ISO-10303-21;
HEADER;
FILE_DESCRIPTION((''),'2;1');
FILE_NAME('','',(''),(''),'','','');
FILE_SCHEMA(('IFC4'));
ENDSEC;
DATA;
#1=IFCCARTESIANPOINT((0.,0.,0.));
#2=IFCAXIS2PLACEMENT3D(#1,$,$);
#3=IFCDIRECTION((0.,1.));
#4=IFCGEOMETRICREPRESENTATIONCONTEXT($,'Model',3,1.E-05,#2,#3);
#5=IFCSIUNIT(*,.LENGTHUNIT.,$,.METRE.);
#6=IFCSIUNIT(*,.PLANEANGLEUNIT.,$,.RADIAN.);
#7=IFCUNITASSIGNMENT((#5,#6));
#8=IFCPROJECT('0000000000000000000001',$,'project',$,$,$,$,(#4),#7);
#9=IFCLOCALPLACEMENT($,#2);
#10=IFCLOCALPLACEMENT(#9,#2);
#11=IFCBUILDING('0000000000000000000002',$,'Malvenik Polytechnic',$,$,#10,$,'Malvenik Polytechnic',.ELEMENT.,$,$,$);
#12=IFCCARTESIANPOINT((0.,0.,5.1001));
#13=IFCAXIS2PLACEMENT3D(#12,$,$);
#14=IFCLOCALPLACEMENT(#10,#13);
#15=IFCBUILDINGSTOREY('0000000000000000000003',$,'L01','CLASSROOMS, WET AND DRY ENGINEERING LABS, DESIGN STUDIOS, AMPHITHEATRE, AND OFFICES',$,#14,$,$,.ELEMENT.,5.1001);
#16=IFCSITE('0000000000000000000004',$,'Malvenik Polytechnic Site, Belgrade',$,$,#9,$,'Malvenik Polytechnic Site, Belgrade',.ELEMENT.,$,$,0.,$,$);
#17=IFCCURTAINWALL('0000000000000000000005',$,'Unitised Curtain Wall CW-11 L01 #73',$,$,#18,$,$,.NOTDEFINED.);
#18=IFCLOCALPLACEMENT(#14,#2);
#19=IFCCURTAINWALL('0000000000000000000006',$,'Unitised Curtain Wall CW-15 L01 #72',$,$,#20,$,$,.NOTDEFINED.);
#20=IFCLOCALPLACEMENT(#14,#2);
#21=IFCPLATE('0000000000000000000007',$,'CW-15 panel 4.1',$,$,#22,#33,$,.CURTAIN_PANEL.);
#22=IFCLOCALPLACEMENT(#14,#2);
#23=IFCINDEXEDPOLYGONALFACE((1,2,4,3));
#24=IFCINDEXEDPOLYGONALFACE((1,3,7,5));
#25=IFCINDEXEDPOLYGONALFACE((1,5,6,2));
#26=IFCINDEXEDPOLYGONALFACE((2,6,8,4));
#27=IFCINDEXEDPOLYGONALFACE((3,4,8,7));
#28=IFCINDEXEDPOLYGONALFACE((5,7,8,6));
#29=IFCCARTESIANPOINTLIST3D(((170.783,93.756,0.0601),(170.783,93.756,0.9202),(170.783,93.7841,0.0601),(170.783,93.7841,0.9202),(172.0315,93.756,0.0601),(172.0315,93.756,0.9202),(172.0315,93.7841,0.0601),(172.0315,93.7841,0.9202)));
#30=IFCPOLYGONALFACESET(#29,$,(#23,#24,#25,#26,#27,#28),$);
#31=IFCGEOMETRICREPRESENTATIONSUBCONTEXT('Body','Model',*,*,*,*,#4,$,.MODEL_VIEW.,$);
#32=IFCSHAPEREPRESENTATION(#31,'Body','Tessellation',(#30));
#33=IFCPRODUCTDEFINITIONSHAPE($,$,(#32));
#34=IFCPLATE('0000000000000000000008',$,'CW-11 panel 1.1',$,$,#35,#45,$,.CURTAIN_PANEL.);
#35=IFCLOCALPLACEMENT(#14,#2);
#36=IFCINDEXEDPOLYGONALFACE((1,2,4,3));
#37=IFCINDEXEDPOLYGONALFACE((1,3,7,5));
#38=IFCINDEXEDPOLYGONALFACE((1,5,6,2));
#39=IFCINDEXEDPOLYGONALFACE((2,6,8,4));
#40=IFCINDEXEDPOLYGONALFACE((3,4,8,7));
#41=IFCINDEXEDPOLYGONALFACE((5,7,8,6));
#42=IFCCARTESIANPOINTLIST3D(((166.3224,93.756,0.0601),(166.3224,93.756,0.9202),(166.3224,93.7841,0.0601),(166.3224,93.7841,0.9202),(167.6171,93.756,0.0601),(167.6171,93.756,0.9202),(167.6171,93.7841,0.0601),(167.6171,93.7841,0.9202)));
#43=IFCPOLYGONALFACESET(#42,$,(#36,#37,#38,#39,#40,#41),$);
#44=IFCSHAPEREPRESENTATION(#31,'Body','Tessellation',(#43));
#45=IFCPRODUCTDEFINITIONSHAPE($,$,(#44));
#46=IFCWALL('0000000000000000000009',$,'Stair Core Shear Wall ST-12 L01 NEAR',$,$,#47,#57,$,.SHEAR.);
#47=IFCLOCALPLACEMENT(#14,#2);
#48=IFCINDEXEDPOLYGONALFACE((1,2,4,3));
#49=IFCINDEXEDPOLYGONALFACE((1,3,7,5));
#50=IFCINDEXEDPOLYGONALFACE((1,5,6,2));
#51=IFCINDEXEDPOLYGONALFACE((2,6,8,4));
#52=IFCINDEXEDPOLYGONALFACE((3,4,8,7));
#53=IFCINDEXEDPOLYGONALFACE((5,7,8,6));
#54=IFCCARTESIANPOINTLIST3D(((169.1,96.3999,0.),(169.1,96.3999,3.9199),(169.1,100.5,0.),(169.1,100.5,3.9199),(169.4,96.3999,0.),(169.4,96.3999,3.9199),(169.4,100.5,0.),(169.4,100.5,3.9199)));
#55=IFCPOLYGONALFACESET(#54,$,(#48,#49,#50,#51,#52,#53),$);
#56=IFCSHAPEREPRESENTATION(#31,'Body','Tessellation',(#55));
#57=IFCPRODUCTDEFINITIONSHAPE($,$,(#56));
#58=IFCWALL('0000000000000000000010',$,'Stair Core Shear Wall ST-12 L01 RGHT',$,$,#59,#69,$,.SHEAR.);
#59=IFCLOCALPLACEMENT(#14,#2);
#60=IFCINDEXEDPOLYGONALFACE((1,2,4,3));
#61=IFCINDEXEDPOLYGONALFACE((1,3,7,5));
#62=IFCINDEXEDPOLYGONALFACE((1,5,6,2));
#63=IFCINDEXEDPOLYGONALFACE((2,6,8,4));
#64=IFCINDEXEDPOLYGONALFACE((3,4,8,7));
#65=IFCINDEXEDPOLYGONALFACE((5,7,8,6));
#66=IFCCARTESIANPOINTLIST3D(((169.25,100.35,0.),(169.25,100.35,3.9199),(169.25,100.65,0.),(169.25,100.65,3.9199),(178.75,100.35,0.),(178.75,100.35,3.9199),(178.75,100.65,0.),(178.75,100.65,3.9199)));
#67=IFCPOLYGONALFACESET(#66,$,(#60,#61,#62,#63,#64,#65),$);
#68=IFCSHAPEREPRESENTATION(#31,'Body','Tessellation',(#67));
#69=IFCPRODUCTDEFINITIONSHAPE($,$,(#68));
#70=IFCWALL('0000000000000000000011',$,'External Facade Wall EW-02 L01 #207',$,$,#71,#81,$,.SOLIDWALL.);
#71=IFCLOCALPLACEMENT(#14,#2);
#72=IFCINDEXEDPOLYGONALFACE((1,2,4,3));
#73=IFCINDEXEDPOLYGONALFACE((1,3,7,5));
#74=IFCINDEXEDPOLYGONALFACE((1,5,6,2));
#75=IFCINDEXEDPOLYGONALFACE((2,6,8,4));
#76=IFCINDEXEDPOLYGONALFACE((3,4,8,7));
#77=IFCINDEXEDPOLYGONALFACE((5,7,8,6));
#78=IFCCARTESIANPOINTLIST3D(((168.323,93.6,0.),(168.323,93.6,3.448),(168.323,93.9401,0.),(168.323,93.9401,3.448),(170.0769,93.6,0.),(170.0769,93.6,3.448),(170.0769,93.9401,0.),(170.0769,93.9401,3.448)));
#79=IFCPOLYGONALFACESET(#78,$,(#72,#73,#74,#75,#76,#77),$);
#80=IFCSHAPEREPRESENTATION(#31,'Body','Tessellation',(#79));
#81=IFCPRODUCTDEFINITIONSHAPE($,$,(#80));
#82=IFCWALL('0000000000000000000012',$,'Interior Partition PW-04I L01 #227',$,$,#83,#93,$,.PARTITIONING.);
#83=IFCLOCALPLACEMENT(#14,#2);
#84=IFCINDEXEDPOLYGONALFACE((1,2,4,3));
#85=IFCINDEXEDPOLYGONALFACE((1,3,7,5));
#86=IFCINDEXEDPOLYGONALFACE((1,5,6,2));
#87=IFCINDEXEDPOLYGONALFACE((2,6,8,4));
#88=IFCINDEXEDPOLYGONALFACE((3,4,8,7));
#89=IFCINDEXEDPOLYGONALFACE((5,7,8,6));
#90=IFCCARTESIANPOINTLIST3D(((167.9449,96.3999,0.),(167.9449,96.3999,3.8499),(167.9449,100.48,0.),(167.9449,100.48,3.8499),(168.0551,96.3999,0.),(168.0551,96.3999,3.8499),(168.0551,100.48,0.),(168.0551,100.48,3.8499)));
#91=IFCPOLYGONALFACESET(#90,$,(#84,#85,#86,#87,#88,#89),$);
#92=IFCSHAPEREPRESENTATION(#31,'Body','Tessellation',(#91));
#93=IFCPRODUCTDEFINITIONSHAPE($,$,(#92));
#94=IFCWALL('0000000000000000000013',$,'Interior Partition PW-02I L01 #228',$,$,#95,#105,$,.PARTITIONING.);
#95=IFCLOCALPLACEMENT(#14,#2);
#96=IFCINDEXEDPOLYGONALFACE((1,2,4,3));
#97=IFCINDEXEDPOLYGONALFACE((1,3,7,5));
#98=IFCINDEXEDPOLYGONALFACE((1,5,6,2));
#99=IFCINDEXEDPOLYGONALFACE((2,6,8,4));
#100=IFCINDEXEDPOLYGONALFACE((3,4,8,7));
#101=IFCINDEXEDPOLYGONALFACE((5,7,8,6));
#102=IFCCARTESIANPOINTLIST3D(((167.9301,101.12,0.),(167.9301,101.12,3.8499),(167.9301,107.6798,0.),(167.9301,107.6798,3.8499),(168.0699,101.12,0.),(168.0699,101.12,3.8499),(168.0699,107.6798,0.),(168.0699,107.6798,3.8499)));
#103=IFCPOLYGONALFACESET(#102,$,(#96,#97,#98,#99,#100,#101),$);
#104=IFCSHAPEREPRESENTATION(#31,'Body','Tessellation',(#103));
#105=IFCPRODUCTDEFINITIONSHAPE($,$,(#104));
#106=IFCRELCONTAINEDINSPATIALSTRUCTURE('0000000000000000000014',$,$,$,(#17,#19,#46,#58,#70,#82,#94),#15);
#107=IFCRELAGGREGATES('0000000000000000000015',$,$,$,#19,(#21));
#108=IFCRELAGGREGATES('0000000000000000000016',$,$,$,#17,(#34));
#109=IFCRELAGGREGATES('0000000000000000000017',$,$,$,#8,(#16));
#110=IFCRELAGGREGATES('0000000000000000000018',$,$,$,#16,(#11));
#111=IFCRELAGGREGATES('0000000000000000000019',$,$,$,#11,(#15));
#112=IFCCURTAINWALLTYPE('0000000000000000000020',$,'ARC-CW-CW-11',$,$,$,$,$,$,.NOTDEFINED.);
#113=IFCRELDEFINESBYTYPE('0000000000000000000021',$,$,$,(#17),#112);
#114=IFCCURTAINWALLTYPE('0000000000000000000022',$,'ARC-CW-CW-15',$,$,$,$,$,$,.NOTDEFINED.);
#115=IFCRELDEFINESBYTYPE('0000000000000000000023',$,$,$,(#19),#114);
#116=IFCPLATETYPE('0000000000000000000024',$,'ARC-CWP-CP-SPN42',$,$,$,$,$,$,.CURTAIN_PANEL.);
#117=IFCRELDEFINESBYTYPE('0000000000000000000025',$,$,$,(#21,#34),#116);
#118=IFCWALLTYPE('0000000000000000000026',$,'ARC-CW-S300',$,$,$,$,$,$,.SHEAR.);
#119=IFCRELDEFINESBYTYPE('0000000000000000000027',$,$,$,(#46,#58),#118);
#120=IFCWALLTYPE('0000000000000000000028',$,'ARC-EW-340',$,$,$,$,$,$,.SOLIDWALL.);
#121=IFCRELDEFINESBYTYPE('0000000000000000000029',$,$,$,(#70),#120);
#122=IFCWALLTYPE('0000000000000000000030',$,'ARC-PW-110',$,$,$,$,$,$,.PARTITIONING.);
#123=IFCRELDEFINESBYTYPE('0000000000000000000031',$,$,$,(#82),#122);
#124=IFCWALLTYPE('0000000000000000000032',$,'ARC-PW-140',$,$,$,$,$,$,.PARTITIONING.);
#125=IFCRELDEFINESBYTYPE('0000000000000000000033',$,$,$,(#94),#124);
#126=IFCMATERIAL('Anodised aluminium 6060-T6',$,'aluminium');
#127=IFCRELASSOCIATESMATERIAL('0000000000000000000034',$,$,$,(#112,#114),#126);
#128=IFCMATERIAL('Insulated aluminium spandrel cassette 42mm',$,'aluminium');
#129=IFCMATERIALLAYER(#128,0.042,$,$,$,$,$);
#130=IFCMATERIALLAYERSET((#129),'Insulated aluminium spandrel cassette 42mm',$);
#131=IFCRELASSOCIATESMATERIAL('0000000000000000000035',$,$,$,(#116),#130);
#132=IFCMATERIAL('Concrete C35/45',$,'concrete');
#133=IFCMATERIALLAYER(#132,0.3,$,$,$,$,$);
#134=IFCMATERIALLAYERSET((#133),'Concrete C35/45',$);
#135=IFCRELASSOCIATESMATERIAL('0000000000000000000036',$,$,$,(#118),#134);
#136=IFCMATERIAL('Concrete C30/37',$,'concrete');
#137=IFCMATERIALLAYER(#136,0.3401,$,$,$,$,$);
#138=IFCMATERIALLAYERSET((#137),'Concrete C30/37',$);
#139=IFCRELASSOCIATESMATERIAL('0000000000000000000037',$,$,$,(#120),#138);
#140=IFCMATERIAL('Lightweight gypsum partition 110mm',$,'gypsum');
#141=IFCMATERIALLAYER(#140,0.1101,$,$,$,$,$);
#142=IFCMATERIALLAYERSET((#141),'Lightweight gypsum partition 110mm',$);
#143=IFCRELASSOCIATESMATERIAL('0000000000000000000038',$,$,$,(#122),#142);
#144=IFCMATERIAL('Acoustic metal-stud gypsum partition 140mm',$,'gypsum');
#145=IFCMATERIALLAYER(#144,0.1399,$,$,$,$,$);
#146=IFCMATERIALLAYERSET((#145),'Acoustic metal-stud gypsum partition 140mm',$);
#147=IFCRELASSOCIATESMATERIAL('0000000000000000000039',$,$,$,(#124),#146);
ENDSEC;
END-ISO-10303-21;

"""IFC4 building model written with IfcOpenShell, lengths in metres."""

from ifc_helpers import new_model, si_unit, direction, frame, frame_2d, origin, origin_2d, place, context, subcontext, project, spatial, rectangle, extrude, material, layer, layer_set, type_object, element, aggregate, save


model = new_model("IFC4")

# Units and contexts
model_context = context("Model", 3, precision=1e-05, world=origin(), true_north=direction((0.0, 1.0)))
body_context = subcontext(model_context, "Body", "Model", "MODEL_VIEW")
ifc_project = project(units=[si_unit("LENGTHUNIT", "METRE"), si_unit("PLANEANGLEUNIT", "RADIAN")], contexts=[model_context])

# Site, building, storey
site_placement = place(None, origin())
site = spatial("IfcSite", under=ifc_project, at=site_placement, Name="Malvenik Polytechnic Site, Belgrade", LongName="Malvenik Polytechnic Site, Belgrade", CompositionType="ELEMENT", RefElevation=0.0)
building_placement = place(site_placement, origin())
building = spatial("IfcBuilding", under=site, at=building_placement, Name="Malvenik Polytechnic", LongName="Malvenik Polytechnic", CompositionType="ELEMENT")
storey_placement = place(building_placement, frame((0.0, 0.0, 5.1001)))
storey = spatial("IfcBuildingStorey", under=building, at=storey_placement, Name="L01", Description="CLASSROOMS, WET AND DRY ENGINEERING LABS, DESIGN STUDIOS, AMPHITHEATRE, AND OFFICES", CompositionType="ELEMENT", Elevation=5.1001)

# Shared definitions
ifc_material_1 = material(Name="Concrete C35/45", Category="concrete")

# Curtain walls
ifc_material_2 = material(Name="Anodised aluminium 6060-T6", Category="aluminium")
curtain_wall_type_1 = type_object("IfcCurtainWallType", Name="ARC-CW-CW-11", PredefinedType="NOTDEFINED", material=ifc_material_2)
curtain_wall_1_placement = place(storey_placement, origin())
curtain_wall_1 = element("IfcCurtainWall", 1, at=curtain_wall_1_placement, inside=storey, type_object=curtain_wall_type_1, Name="Unitised Curtain Wall CW-11 L01 #73", PredefinedType="NOTDEFINED")
curtain_wall_type_2 = type_object("IfcCurtainWallType", Name="ARC-CW-CW-15", PredefinedType="NOTDEFINED", material=ifc_material_2)
curtain_wall_2_placement = place(storey_placement, origin())
curtain_wall_2 = element("IfcCurtainWall", 2, at=curtain_wall_2_placement, inside=storey, type_object=curtain_wall_type_2, Name="Unitised Curtain Wall CW-15 L01 #72", PredefinedType="NOTDEFINED")

# Plates
ifc_material_3 = material(Name="Insulated aluminium spandrel cassette 42mm", Category="aluminium")
ifc_layer_1 = layer(ifc_material_3, 0.042)
ifc_layer_set_1 = layer_set([ifc_layer_1], Name="Insulated aluminium spandrel cassette 42mm")
plate_type_1 = type_object("IfcPlateType", Name="ARC-CWP-CP-SPN42", PredefinedType="CURTAIN_PANEL", material=ifc_layer_set_1)
plate_1_placement = place(storey_placement, frame((171.4072, 93.77, 0.0601), z_axis=(0.0, 0.0, 1.0), x_axis=(-1.0, 0.0, 0.0)))
plate_1 = element("IfcPlate", 3, at=plate_1_placement, type_object=plate_type_1, Name="CW-15 panel 4.1", PredefinedType="CURTAIN_PANEL", context=body_context, shape_type="SweptSolid", body=[
    extrude(rectangle(XDim=1.2485, YDim=0.0281, at=origin_2d()), origin(), (0.0, 0.0, 1.0), 0.8601),
])
aggregate(curtain_wall_2, [plate_1])
plate_2_placement = place(storey_placement, frame((166.9697, 93.77, 0.0601), z_axis=(0.0, 0.0, 1.0), x_axis=(-1.0, 0.0, 0.0)))
plate_2 = element("IfcPlate", 4, at=plate_2_placement, type_object=plate_type_1, Name="CW-11 panel 1.1", PredefinedType="CURTAIN_PANEL", context=body_context, shape_type="SweptSolid", body=[
    extrude(rectangle(XDim=1.2947, YDim=0.0281, at=origin_2d()), origin(), (0.0, 0.0, 1.0), 0.8601),
])
aggregate(curtain_wall_1, [plate_2])

# Walls
ifc_layer_2 = layer(ifc_material_1, 0.3)
ifc_layer_set_2 = layer_set([ifc_layer_2], Name="Concrete C35/45")
wall_type_1 = type_object("IfcWallType", Name="ARC-CW-S300", PredefinedType="SHEAR", material=ifc_layer_set_2)
wall_1_placement = place(storey_placement, frame((169.25, 96.3999, 0.0), z_axis=(0.0, 0.0, 1.0), x_axis=(0.0, 1.0, 0.0)))
element("IfcWall", 5, at=wall_1_placement, inside=storey, type_object=wall_type_1, Name="Stair Core Shear Wall ST-12 L01 NEAR", PredefinedType="SHEAR", context=body_context, shape_type="SweptSolid", body=[
    extrude(rectangle(XDim=4.1001, YDim=0.3, at=frame_2d((2.05, 0.0))), origin(), (0.0, 0.0, 1.0), 3.9199),
])
wall_2_placement = place(storey_placement, frame((169.25, 100.5, 0.0), z_axis=(0.0, 0.0, 1.0), x_axis=(1.0, 0.0, 0.0)))
element("IfcWall", 6, at=wall_2_placement, inside=storey, type_object=wall_type_1, Name="Stair Core Shear Wall ST-12 L01 RGHT", PredefinedType="SHEAR", context=body_context, shape_type="SweptSolid", body=[
    extrude(rectangle(XDim=9.5, YDim=0.3, at=frame_2d((4.75, 0.0))), origin(), (0.0, 0.0, 1.0), 3.9199),
])
ifc_material_4 = material(Name="Concrete C30/37", Category="concrete")
ifc_layer_3 = layer(ifc_material_4, 0.3401)
ifc_layer_set_3 = layer_set([ifc_layer_3], Name="Concrete C30/37")
wall_type_2 = type_object("IfcWallType", Name="ARC-EW-340", PredefinedType="SOLIDWALL", material=ifc_layer_set_3)
wall_3_placement = place(storey_placement, frame((170.0769, 93.77, 0.0), z_axis=(0.0, 0.0, 1.0), x_axis=(-1.0, 0.0, 0.0)))
element("IfcWall", 7, at=wall_3_placement, inside=storey, type_object=wall_type_2, Name="External Facade Wall EW-02 L01 #207", PredefinedType="SOLIDWALL", context=body_context, shape_type="SweptSolid", body=[
    extrude(rectangle(XDim=1.7539, YDim=0.3401, at=frame_2d((0.877, 0.0))), origin(), (0.0, 0.0, 1.0), 3.448),
])
ifc_material_5 = material(Name="Lightweight gypsum partition 110mm", Category="gypsum")
ifc_layer_4 = layer(ifc_material_5, 0.1101)
ifc_layer_set_4 = layer_set([ifc_layer_4], Name="Lightweight gypsum partition 110mm")
wall_type_3 = type_object("IfcWallType", Name="ARC-PW-110", PredefinedType="PARTITIONING", material=ifc_layer_set_4)
wall_4_placement = place(storey_placement, frame((168.0, 96.3999, 0.0), z_axis=(0.0, 0.0, 1.0), x_axis=(0.0, 1.0, 0.0)))
element("IfcWall", 8, at=wall_4_placement, inside=storey, type_object=wall_type_3, Name="Interior Partition PW-04I L01 #227", PredefinedType="PARTITIONING", context=body_context, shape_type="SweptSolid", body=[
    extrude(rectangle(XDim=4.0801, YDim=0.1101, at=frame_2d((2.04, 0.0))), origin(), (0.0, 0.0, 1.0), 3.8499),
])
ifc_material_6 = material(Name="Acoustic metal-stud gypsum partition 140mm", Category="gypsum")
ifc_layer_5 = layer(ifc_material_6, 0.1399)
ifc_layer_set_5 = layer_set([ifc_layer_5], Name="Acoustic metal-stud gypsum partition 140mm")
wall_type_4 = type_object("IfcWallType", Name="ARC-PW-140", PredefinedType="PARTITIONING", material=ifc_layer_set_5)
wall_5_placement = place(storey_placement, frame((168.0, 101.1201, 0.0), z_axis=(0.0, 0.0, 1.0), x_axis=(0.0, 1.0, 0.0)))
element("IfcWall", 9, at=wall_5_placement, inside=storey, type_object=wall_type_4, Name="Interior Partition PW-02I L01 #228", PredefinedType="PARTITIONING", context=body_context, shape_type="SweptSolid", body=[
    extrude(rectangle(XDim=6.5598, YDim=0.1399, at=frame_2d((3.2798, 0.0))), origin(), (0.0, 0.0, 1.0), 3.8499),
])

save(model, "model.ifc")
